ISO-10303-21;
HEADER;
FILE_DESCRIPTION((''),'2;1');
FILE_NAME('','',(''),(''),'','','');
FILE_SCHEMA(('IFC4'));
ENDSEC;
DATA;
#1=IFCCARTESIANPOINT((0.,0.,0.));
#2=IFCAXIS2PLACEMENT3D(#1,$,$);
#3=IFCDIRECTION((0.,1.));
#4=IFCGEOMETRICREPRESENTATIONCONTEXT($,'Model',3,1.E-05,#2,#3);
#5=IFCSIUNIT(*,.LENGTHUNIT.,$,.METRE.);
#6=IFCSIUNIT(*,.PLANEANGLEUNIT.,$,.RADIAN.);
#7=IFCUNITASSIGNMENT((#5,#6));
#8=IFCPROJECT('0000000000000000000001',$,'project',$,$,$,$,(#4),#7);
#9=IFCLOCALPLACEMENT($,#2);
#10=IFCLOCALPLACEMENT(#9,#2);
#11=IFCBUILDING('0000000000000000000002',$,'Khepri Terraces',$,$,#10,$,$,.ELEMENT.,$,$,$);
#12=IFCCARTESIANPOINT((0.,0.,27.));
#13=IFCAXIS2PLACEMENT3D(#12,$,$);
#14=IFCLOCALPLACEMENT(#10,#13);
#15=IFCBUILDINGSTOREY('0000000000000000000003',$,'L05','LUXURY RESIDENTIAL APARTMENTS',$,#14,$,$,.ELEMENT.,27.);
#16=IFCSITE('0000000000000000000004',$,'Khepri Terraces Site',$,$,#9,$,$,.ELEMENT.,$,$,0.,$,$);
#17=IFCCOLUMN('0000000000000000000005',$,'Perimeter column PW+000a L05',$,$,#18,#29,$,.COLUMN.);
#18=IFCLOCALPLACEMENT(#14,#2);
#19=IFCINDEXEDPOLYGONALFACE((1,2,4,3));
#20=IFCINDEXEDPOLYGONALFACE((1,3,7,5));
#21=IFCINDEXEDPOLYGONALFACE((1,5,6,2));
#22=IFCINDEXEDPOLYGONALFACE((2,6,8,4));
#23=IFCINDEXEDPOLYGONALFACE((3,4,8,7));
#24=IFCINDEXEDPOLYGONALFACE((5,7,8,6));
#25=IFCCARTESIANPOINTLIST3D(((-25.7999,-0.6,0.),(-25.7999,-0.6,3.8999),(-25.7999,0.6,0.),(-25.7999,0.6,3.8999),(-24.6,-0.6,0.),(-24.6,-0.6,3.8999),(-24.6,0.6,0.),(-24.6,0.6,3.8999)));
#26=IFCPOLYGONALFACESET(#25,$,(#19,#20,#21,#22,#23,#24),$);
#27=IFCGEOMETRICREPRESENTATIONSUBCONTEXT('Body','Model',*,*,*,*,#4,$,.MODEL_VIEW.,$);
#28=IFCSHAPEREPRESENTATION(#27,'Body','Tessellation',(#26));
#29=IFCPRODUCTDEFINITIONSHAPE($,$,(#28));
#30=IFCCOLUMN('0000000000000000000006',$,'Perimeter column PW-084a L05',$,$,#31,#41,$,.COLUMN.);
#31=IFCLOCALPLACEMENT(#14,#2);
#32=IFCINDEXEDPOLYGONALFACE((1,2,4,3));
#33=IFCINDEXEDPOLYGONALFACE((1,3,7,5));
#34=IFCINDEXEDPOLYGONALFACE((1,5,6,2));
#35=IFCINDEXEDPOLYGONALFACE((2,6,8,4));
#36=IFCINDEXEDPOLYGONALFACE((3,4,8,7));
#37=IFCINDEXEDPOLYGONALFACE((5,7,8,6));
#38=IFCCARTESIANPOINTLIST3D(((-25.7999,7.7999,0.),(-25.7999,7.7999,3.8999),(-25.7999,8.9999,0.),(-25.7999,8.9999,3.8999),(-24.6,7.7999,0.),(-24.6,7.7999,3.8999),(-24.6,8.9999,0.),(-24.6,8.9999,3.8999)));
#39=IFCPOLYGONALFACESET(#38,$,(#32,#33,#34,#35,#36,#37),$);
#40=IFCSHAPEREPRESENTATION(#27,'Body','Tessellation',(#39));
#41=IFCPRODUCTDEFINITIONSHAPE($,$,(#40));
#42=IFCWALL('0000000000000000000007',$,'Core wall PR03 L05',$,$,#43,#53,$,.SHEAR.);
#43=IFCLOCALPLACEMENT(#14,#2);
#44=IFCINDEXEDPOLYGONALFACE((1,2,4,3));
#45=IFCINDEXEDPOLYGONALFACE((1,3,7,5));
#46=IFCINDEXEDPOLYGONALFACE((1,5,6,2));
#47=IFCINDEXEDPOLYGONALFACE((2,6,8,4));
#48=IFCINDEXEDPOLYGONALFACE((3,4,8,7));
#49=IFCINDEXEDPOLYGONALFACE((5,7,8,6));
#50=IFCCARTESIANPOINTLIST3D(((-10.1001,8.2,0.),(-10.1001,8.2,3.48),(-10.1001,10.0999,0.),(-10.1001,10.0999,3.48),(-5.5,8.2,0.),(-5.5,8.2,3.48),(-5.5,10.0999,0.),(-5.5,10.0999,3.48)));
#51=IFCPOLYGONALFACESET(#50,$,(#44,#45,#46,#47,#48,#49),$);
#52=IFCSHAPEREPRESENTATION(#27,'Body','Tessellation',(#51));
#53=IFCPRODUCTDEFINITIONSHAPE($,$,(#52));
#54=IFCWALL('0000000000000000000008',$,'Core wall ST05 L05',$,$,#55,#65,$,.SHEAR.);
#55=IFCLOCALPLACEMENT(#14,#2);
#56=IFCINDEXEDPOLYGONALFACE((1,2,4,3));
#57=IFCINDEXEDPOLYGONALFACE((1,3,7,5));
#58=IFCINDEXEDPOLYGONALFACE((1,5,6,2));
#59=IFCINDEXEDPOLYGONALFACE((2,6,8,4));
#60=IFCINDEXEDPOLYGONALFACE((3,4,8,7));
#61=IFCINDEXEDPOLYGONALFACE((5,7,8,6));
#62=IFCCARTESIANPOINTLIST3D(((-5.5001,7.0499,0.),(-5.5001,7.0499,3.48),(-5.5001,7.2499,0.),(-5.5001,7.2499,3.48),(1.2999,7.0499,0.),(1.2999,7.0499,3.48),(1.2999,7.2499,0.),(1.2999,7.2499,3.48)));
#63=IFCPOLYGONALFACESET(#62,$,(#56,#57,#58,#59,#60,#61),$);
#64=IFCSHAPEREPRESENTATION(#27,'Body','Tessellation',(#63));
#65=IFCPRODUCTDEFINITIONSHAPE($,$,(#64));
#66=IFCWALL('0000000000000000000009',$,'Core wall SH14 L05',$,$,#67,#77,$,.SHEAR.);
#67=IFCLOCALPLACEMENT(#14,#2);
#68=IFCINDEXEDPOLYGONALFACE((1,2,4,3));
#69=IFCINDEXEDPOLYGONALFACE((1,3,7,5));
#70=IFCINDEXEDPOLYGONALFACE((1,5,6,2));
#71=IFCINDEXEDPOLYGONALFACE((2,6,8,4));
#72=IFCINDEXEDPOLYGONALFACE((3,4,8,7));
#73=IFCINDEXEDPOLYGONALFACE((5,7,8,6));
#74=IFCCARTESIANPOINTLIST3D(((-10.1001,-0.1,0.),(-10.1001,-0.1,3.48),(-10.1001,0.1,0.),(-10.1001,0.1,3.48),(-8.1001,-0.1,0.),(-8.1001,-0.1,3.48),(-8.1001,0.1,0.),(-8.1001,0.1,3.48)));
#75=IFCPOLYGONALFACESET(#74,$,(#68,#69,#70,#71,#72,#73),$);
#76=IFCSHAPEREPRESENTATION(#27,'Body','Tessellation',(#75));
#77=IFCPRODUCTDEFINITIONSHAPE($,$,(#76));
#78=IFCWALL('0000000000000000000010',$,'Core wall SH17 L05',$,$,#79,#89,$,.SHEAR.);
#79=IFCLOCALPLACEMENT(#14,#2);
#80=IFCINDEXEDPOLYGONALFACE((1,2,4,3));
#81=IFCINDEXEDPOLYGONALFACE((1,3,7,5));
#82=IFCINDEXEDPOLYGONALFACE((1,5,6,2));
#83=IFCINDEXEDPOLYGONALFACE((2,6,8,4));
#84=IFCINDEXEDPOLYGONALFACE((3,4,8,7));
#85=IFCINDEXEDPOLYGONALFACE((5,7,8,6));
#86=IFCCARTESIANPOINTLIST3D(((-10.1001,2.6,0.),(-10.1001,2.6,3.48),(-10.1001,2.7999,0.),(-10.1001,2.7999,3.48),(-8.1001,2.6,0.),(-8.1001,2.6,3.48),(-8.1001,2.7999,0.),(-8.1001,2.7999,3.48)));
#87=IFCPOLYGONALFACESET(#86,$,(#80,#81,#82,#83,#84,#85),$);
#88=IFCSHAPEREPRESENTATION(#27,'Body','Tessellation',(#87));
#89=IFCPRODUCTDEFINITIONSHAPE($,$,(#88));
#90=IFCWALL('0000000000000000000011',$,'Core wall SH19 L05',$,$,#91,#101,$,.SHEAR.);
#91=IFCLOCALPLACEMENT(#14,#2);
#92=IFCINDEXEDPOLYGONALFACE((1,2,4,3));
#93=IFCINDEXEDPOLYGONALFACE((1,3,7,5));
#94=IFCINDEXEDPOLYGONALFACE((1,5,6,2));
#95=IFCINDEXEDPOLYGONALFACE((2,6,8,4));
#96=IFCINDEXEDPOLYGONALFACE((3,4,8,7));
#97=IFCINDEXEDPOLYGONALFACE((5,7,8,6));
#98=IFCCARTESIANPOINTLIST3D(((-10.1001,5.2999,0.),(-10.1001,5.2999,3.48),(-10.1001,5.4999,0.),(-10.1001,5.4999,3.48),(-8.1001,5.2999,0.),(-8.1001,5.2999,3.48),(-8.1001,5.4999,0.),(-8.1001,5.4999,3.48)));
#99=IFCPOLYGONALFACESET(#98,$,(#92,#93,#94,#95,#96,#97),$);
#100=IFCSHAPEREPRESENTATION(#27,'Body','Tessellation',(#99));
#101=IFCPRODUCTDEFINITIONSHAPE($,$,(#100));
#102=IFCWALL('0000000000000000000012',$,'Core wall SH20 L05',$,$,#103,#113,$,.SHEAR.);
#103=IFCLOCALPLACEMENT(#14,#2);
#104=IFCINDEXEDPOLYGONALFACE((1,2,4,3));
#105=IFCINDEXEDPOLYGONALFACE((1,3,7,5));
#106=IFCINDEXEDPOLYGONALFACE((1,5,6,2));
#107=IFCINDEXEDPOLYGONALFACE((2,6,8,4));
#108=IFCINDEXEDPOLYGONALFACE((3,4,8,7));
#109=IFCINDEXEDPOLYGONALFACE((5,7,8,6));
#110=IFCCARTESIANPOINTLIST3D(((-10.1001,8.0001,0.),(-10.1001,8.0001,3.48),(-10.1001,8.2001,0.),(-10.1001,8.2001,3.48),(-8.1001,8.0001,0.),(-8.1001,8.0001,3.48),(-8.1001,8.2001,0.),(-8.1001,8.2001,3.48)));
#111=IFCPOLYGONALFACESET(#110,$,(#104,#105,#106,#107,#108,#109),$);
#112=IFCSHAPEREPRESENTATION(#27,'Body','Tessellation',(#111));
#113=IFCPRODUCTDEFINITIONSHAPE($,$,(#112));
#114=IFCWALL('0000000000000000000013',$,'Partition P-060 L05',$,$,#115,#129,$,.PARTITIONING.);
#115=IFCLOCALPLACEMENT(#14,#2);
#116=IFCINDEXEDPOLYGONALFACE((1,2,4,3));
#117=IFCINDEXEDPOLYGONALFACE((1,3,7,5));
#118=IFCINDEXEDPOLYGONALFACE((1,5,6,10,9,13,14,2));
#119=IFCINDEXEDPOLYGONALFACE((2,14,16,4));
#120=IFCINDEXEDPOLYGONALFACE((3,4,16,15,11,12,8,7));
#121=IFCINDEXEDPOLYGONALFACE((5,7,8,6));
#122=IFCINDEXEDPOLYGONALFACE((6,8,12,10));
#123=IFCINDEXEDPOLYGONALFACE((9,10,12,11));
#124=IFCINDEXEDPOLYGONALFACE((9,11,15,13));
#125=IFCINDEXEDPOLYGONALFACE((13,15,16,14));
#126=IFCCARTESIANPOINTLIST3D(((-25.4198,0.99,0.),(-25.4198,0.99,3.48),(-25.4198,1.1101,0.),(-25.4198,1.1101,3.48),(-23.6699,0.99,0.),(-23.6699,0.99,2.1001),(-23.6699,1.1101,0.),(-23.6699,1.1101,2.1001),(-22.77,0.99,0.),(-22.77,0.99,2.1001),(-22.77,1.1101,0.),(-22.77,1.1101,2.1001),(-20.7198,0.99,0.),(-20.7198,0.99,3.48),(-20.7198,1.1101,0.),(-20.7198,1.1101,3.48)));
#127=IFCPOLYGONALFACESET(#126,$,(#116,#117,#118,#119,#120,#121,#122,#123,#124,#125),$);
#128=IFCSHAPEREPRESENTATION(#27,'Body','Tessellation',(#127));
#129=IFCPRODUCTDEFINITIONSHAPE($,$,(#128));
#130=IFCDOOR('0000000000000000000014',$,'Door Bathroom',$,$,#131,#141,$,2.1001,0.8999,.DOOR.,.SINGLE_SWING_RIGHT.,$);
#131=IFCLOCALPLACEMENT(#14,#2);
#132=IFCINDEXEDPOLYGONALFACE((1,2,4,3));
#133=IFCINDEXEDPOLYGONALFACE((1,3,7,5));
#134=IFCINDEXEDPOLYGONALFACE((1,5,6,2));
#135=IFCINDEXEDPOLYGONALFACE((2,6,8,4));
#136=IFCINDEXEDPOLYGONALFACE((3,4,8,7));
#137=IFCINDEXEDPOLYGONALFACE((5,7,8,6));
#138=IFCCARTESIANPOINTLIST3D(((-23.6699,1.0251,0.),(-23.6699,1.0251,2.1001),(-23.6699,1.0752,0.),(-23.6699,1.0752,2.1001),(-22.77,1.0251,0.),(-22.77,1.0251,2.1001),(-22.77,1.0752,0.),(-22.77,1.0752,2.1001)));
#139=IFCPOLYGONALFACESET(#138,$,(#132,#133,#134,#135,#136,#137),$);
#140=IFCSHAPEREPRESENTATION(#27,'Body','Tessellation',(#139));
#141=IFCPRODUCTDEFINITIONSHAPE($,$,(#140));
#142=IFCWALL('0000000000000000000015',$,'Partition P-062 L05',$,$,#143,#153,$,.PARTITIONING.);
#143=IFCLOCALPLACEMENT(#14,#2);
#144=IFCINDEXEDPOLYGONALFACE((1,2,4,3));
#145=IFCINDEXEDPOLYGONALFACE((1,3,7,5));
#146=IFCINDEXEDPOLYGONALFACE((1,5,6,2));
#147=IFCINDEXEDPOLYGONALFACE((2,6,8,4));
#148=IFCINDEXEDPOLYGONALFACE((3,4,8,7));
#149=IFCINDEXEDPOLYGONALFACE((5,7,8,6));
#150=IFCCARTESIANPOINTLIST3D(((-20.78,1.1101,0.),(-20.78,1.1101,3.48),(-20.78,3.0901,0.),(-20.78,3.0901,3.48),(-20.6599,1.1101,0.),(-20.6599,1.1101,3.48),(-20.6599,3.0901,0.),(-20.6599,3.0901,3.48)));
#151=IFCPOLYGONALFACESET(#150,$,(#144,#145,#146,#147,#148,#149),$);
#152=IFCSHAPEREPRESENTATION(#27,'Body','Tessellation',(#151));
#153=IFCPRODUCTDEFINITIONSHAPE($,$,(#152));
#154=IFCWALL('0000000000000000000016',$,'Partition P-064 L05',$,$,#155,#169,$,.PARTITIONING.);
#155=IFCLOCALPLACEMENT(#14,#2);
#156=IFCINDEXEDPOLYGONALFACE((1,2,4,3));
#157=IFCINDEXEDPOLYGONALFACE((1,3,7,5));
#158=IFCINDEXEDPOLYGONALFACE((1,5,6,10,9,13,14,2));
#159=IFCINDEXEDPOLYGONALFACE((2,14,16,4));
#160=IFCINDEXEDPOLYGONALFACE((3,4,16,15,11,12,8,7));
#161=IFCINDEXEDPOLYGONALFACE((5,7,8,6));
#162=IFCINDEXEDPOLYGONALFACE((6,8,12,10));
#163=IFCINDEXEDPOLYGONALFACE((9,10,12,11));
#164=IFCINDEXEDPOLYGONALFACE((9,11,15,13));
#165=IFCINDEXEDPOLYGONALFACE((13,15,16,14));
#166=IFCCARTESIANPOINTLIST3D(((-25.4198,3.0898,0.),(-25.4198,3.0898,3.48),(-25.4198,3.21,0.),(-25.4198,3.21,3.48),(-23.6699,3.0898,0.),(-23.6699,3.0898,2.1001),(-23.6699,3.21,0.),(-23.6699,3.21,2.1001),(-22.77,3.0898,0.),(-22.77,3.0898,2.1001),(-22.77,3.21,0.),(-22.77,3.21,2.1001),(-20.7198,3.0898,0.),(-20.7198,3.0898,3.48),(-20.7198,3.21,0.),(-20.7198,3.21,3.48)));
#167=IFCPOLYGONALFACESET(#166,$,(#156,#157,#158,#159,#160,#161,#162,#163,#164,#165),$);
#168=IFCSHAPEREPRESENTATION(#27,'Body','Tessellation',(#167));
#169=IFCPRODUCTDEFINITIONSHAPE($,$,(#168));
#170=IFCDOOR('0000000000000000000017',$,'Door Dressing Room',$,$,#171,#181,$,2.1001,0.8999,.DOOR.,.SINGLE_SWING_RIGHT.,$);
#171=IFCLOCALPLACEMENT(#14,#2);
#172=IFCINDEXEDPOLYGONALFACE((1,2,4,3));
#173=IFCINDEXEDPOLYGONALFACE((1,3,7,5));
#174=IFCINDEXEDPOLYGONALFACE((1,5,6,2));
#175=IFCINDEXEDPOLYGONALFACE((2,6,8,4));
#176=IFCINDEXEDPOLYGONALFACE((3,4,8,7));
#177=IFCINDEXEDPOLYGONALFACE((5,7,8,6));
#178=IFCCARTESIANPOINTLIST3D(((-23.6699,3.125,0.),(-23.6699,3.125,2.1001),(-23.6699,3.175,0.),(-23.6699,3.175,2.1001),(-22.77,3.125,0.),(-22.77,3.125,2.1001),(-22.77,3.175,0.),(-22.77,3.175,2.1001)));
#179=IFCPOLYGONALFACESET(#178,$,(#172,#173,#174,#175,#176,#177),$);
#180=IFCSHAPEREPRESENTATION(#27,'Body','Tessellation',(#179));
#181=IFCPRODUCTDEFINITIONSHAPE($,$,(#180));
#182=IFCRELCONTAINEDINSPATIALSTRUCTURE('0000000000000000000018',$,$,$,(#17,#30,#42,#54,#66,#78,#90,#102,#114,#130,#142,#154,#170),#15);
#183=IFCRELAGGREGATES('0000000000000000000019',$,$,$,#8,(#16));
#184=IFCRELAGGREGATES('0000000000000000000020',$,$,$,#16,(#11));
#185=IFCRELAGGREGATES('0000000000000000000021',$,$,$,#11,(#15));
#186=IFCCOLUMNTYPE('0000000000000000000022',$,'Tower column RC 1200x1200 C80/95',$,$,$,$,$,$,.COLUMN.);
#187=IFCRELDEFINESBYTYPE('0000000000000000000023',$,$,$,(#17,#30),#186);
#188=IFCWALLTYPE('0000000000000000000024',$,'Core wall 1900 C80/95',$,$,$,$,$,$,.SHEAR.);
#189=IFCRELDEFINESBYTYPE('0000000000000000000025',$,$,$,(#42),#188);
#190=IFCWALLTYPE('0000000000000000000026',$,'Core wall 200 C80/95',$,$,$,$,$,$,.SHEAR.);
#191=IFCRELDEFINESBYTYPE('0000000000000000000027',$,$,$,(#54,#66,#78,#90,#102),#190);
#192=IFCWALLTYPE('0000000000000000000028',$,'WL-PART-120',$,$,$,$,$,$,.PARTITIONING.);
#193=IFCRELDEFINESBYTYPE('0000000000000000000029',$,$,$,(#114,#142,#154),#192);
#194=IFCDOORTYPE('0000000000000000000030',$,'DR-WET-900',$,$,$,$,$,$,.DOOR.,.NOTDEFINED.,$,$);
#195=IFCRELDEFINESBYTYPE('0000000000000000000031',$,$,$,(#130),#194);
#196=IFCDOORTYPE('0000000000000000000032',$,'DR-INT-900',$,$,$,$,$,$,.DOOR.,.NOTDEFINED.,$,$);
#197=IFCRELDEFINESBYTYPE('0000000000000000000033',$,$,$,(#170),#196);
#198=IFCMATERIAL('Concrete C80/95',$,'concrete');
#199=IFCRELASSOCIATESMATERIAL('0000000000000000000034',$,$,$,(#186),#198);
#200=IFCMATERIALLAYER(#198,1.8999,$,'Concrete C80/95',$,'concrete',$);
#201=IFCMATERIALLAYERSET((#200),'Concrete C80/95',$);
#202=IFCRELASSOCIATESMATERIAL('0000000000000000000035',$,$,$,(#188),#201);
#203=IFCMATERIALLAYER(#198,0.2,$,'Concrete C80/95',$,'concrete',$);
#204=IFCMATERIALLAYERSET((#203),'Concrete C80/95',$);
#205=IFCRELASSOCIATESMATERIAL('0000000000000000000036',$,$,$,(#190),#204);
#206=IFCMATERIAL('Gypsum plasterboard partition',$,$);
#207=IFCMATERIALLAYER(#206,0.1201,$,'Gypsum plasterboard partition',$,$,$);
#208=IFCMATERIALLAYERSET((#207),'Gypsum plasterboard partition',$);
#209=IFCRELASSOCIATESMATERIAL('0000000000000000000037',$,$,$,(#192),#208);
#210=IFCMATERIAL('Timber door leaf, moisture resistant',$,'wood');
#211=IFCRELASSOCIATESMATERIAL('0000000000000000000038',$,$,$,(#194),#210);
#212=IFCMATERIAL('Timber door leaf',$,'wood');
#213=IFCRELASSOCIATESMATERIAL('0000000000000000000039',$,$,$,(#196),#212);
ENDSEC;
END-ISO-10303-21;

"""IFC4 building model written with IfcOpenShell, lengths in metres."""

from ifc_helpers import new_model, si_unit, direction, frame, frame_2d, origin, origin_2d, place, context, subcontext, project, spatial, rectangle, extrude, material, layer, layer_set, material_profile, profile_set, type_object, element, fill, save


model = new_model("IFC4")

# Units and contexts
model_context = context("Model", 3, precision=1e-05, world=origin(), true_north=direction((0.0, 1.0)))
body_context = subcontext(model_context, "Body", "Model", "MODEL_VIEW")
ifc_project = project(units=[si_unit("LENGTHUNIT", "METRE"), si_unit("PLANEANGLEUNIT", "RADIAN")], contexts=[model_context])

# Site, building, storey
site_placement = place(None, origin())
site = spatial("IfcSite", under=ifc_project, at=site_placement, Name="Khepri Terraces Site", CompositionType="ELEMENT", RefElevation=0.0)
building_placement = place(site_placement, origin())
building = spatial("IfcBuilding", under=site, at=building_placement, Name="Khepri Terraces", CompositionType="ELEMENT")
storey_placement = place(building_placement, frame((0.0, 0.0, 27.0)))
storey = spatial("IfcBuildingStorey", under=building, at=storey_placement, Name="L05", Description="LUXURY RESIDENTIAL APARTMENTS", CompositionType="ELEMENT", Elevation=27.0)

# Columns
ifc_material_1 = material(Name="Concrete C80/95", Category="concrete")
ifc_material_profile = material_profile(ifc_material_1, rectangle(XDim=1.2, YDim=1.2, at=origin_2d()), Name="Concrete C80/95", Category="concrete")
ifc_profile_set = profile_set([ifc_material_profile], Name="Concrete C80/95")
column_type = type_object("IfcColumnType", Name="Tower column RC 1200x1200 C80/95", PredefinedType="COLUMN", material=ifc_profile_set)
for number, where, z_axis, x_axis, name in (
    (1, (-25.2, 0.0, 0.0), (0.0, 0.0, 1.0), (1.0, 0.0, 0.0), "Perimeter column PW+000a L05"),
    (2, (-25.2, 8.3999, 0.0), (0.0, 0.0, 1.0), (1.0, 0.0, 0.0), "Perimeter column PW-084a L05"),
):
    element("IfcColumn", number, at=place(storey_placement, frame(where, z_axis=z_axis, x_axis=x_axis)), inside=storey, type_object=column_type, Name=name, PredefinedType="COLUMN", context=body_context, shape_type="SweptSolid", body=[
        extrude(rectangle(XDim=1.2, YDim=1.2, at=origin_2d()), origin(), (0.0, 0.0, 1.0), 3.8999),
    ])

# Walls
ifc_layer_1 = layer(ifc_material_1, 1.8999, Name="Concrete C80/95", Category="concrete")
ifc_layer_set_1 = layer_set([ifc_layer_1], Name="Concrete C80/95")
wall_type_1 = type_object("IfcWallType", Name="Core wall 1900 C80/95", PredefinedType="SHEAR", material=ifc_layer_set_1)
wall_1_placement = place(storey_placement, frame((-10.1001, 9.1499, 0.0), z_axis=(0.0, 0.0, 1.0), x_axis=(1.0, 0.0, 0.0)))
element("IfcWall", 3, at=wall_1_placement, inside=storey, type_object=wall_type_1, Name="Core wall PR03 L05", PredefinedType="SHEAR", context=body_context, shape_type="SweptSolid", body=[
    extrude(rectangle(XDim=4.6001, YDim=1.8999, at=frame_2d((2.3, 0.0))), origin(), (0.0, 0.0, 1.0), 3.48),
])
ifc_layer_2 = layer(ifc_material_1, 0.2, Name="Concrete C80/95", Category="concrete")
ifc_layer_set_2 = layer_set([ifc_layer_2], Name="Concrete C80/95")
wall_type_2 = type_object("IfcWallType", Name="Core wall 200 C80/95", PredefinedType="SHEAR", material=ifc_layer_set_2)
wall_2_placement = place(storey_placement, frame((-5.5, 7.1499, 0.0), z_axis=(0.0, 0.0, 1.0), x_axis=(1.0, 0.0, 0.0)))
element("IfcWall", 4, at=wall_2_placement, inside=storey, type_object=wall_type_2, Name="Core wall ST05 L05", PredefinedType="SHEAR", context=body_context, shape_type="SweptSolid", body=[
    extrude(rectangle(XDim=6.8, YDim=0.2, at=frame_2d((3.3999, 0.0))), origin(), (0.0, 0.0, 1.0), 3.48),
])
for number, where, z_axis, x_axis, name in (
    (5, (-10.1001, 0.0, 0.0), (0.0, 0.0, 1.0), (1.0, 0.0, 0.0), "Core wall SH14 L05"),
    (6, (-10.1001, 2.7, 0.0), (0.0, 0.0, 1.0), (1.0, 0.0, 0.0), "Core wall SH17 L05"),
    (7, (-10.1001, 5.3999, 0.0), (0.0, 0.0, 1.0), (1.0, 0.0, 0.0), "Core wall SH19 L05"),
    (8, (-10.1001, 8.1001, 0.0), (0.0, 0.0, 1.0), (1.0, 0.0, 0.0), "Core wall SH20 L05"),
):
    element("IfcWall", number, at=place(storey_placement, frame(where, z_axis=z_axis, x_axis=x_axis)), inside=storey, type_object=wall_type_2, Name=name, PredefinedType="SHEAR", context=body_context, shape_type="SweptSolid", body=[
        extrude(rectangle(XDim=2.0, YDim=0.2, at=frame_2d((1.0, 0.0))), origin(), (0.0, 0.0, 1.0), 3.48),
    ])

# Wall, opening, door
ifc_material_2 = material(Name="Gypsum plasterboard partition")
ifc_layer_3 = layer(ifc_material_2, 0.1201, Name="Gypsum plasterboard partition")
ifc_layer_set_3 = layer_set([ifc_layer_3], Name="Gypsum plasterboard partition")
wall_type_3 = type_object("IfcWallType", Name="WL-PART-120", PredefinedType="PARTITIONING", material=ifc_layer_set_3)
wall_3_placement = place(storey_placement, frame((-25.4199, 1.05, 0.0), z_axis=(0.0, 0.0, 1.0), x_axis=(1.0, 0.0, 0.0)))
wall_3 = element("IfcWall", 9, at=wall_3_placement, inside=storey, type_object=wall_type_3, Name="Partition P-060 L05", PredefinedType="PARTITIONING", context=body_context, shape_type="SweptSolid", body=[
    extrude(rectangle(XDim=4.7, YDim=0.1201, at=frame_2d((2.3501, 0.0))), origin(), (0.0, 0.0, 1.0), 3.48),
])
opening_1_placement = place(wall_3_placement, frame((1.75, 0.0, 0.0)))
opening_1 = element("IfcOpeningElement", 10, at=opening_1_placement, cuts=wall_3, PredefinedType="OPENING", context=body_context, shape_type="SweptSolid", body=[
    extrude(rectangle(XDim=0.8999, YDim=2.1001, at=frame_2d((0.45, 1.05))), frame((0.0, 0.0701, 0.0), z_axis=(0.0, -1.0, 0.0), x_axis=(1.0, 0.0, 0.0)), (0.0, 0.0, 1.0), 0.1401),
])
ifc_material_3 = material(Name="Timber door leaf, moisture resistant", Category="wood")
door_type_1 = type_object("IfcDoorType", Name="DR-WET-900", OperationType="NOTDEFINED", PredefinedType="DOOR", material=ifc_material_3)
door_1_placement = place(opening_1_placement, frame((0.8999, 0.0, 0.0), z_axis=(0.0, 0.0, 1.0), x_axis=(-1.0, 0.0, 0.0)))
door_1 = element("IfcDoor", 11, at=door_1_placement, inside=storey, type_object=door_type_1, Name="Door Bathroom", OperationType="SINGLE_SWING_RIGHT", OverallHeight=2.1001, OverallWidth=0.8999, PredefinedType="DOOR", context=body_context, shape_type="SweptSolid", body=[
    extrude(rectangle(XDim=0.8999, YDim=2.1001, at=frame_2d((0.45, 1.05))), frame((0.0, 0.0249, 0.0), z_axis=(0.0, -1.0, 0.0), x_axis=(1.0, 0.0, 0.0)), (0.0, 0.0, 1.0), 0.05),
])
fill(opening_1, door_1)

# Wall
wall_4_placement = place(storey_placement, frame((-20.72, 1.1101, 0.0), z_axis=(0.0, 0.0, 1.0), x_axis=(0.0, 1.0, 0.0)))
element("IfcWall", 12, at=wall_4_placement, inside=storey, type_object=wall_type_3, Name="Partition P-062 L05", PredefinedType="PARTITIONING", context=body_context, shape_type="SweptSolid", body=[
    extrude(rectangle(XDim=1.98, YDim=0.1201, at=frame_2d((0.99, 0.0))), origin(), (0.0, 0.0, 1.0), 3.48),
])

# Wall, opening, door
wall_5_placement = place(storey_placement, frame((-25.4199, 3.1499, 0.0), z_axis=(0.0, 0.0, 1.0), x_axis=(1.0, 0.0, 0.0)))
wall_5 = element("IfcWall", 13, at=wall_5_placement, inside=storey, type_object=wall_type_3, Name="Partition P-064 L05", PredefinedType="PARTITIONING", context=body_context, shape_type="SweptSolid", body=[
    extrude(rectangle(XDim=4.7, YDim=0.1201, at=frame_2d((2.3501, 0.0))), origin(), (0.0, 0.0, 1.0), 3.48),
])
opening_2_placement = place(wall_5_placement, frame((1.75, 0.0, 0.0)))
opening_2 = element("IfcOpeningElement", 14, at=opening_2_placement, cuts=wall_5, PredefinedType="OPENING", context=body_context, shape_type="SweptSolid", body=[
    extrude(rectangle(XDim=0.8999, YDim=2.1001, at=frame_2d((0.45, 1.05))), frame((0.0, 0.0701, 0.0), z_axis=(0.0, -1.0, 0.0), x_axis=(1.0, 0.0, 0.0)), (0.0, 0.0, 1.0), 0.1401),
])
ifc_material_4 = material(Name="Timber door leaf", Category="wood")
door_type_2 = type_object("IfcDoorType", Name="DR-INT-900", OperationType="NOTDEFINED", PredefinedType="DOOR", material=ifc_material_4)
door_2_placement = place(opening_2_placement, frame((0.8999, 0.0, 0.0), z_axis=(0.0, 0.0, 1.0), x_axis=(-1.0, 0.0, 0.0)))
door_2 = element("IfcDoor", 15, at=door_2_placement, inside=storey, type_object=door_type_2, Name="Door Dressing Room", OperationType="SINGLE_SWING_RIGHT", OverallHeight=2.1001, OverallWidth=0.8999, PredefinedType="DOOR", context=body_context, shape_type="SweptSolid", body=[
    extrude(rectangle(XDim=0.8999, YDim=2.1001, at=frame_2d((0.45, 1.05))), frame((0.0, 0.0249, 0.0), z_axis=(0.0, -1.0, 0.0), x_axis=(1.0, 0.0, 0.0)), (0.0, 0.0, 1.0), 0.05),
])
fill(opening_2, door_2)

save(model, "model.ifc")
